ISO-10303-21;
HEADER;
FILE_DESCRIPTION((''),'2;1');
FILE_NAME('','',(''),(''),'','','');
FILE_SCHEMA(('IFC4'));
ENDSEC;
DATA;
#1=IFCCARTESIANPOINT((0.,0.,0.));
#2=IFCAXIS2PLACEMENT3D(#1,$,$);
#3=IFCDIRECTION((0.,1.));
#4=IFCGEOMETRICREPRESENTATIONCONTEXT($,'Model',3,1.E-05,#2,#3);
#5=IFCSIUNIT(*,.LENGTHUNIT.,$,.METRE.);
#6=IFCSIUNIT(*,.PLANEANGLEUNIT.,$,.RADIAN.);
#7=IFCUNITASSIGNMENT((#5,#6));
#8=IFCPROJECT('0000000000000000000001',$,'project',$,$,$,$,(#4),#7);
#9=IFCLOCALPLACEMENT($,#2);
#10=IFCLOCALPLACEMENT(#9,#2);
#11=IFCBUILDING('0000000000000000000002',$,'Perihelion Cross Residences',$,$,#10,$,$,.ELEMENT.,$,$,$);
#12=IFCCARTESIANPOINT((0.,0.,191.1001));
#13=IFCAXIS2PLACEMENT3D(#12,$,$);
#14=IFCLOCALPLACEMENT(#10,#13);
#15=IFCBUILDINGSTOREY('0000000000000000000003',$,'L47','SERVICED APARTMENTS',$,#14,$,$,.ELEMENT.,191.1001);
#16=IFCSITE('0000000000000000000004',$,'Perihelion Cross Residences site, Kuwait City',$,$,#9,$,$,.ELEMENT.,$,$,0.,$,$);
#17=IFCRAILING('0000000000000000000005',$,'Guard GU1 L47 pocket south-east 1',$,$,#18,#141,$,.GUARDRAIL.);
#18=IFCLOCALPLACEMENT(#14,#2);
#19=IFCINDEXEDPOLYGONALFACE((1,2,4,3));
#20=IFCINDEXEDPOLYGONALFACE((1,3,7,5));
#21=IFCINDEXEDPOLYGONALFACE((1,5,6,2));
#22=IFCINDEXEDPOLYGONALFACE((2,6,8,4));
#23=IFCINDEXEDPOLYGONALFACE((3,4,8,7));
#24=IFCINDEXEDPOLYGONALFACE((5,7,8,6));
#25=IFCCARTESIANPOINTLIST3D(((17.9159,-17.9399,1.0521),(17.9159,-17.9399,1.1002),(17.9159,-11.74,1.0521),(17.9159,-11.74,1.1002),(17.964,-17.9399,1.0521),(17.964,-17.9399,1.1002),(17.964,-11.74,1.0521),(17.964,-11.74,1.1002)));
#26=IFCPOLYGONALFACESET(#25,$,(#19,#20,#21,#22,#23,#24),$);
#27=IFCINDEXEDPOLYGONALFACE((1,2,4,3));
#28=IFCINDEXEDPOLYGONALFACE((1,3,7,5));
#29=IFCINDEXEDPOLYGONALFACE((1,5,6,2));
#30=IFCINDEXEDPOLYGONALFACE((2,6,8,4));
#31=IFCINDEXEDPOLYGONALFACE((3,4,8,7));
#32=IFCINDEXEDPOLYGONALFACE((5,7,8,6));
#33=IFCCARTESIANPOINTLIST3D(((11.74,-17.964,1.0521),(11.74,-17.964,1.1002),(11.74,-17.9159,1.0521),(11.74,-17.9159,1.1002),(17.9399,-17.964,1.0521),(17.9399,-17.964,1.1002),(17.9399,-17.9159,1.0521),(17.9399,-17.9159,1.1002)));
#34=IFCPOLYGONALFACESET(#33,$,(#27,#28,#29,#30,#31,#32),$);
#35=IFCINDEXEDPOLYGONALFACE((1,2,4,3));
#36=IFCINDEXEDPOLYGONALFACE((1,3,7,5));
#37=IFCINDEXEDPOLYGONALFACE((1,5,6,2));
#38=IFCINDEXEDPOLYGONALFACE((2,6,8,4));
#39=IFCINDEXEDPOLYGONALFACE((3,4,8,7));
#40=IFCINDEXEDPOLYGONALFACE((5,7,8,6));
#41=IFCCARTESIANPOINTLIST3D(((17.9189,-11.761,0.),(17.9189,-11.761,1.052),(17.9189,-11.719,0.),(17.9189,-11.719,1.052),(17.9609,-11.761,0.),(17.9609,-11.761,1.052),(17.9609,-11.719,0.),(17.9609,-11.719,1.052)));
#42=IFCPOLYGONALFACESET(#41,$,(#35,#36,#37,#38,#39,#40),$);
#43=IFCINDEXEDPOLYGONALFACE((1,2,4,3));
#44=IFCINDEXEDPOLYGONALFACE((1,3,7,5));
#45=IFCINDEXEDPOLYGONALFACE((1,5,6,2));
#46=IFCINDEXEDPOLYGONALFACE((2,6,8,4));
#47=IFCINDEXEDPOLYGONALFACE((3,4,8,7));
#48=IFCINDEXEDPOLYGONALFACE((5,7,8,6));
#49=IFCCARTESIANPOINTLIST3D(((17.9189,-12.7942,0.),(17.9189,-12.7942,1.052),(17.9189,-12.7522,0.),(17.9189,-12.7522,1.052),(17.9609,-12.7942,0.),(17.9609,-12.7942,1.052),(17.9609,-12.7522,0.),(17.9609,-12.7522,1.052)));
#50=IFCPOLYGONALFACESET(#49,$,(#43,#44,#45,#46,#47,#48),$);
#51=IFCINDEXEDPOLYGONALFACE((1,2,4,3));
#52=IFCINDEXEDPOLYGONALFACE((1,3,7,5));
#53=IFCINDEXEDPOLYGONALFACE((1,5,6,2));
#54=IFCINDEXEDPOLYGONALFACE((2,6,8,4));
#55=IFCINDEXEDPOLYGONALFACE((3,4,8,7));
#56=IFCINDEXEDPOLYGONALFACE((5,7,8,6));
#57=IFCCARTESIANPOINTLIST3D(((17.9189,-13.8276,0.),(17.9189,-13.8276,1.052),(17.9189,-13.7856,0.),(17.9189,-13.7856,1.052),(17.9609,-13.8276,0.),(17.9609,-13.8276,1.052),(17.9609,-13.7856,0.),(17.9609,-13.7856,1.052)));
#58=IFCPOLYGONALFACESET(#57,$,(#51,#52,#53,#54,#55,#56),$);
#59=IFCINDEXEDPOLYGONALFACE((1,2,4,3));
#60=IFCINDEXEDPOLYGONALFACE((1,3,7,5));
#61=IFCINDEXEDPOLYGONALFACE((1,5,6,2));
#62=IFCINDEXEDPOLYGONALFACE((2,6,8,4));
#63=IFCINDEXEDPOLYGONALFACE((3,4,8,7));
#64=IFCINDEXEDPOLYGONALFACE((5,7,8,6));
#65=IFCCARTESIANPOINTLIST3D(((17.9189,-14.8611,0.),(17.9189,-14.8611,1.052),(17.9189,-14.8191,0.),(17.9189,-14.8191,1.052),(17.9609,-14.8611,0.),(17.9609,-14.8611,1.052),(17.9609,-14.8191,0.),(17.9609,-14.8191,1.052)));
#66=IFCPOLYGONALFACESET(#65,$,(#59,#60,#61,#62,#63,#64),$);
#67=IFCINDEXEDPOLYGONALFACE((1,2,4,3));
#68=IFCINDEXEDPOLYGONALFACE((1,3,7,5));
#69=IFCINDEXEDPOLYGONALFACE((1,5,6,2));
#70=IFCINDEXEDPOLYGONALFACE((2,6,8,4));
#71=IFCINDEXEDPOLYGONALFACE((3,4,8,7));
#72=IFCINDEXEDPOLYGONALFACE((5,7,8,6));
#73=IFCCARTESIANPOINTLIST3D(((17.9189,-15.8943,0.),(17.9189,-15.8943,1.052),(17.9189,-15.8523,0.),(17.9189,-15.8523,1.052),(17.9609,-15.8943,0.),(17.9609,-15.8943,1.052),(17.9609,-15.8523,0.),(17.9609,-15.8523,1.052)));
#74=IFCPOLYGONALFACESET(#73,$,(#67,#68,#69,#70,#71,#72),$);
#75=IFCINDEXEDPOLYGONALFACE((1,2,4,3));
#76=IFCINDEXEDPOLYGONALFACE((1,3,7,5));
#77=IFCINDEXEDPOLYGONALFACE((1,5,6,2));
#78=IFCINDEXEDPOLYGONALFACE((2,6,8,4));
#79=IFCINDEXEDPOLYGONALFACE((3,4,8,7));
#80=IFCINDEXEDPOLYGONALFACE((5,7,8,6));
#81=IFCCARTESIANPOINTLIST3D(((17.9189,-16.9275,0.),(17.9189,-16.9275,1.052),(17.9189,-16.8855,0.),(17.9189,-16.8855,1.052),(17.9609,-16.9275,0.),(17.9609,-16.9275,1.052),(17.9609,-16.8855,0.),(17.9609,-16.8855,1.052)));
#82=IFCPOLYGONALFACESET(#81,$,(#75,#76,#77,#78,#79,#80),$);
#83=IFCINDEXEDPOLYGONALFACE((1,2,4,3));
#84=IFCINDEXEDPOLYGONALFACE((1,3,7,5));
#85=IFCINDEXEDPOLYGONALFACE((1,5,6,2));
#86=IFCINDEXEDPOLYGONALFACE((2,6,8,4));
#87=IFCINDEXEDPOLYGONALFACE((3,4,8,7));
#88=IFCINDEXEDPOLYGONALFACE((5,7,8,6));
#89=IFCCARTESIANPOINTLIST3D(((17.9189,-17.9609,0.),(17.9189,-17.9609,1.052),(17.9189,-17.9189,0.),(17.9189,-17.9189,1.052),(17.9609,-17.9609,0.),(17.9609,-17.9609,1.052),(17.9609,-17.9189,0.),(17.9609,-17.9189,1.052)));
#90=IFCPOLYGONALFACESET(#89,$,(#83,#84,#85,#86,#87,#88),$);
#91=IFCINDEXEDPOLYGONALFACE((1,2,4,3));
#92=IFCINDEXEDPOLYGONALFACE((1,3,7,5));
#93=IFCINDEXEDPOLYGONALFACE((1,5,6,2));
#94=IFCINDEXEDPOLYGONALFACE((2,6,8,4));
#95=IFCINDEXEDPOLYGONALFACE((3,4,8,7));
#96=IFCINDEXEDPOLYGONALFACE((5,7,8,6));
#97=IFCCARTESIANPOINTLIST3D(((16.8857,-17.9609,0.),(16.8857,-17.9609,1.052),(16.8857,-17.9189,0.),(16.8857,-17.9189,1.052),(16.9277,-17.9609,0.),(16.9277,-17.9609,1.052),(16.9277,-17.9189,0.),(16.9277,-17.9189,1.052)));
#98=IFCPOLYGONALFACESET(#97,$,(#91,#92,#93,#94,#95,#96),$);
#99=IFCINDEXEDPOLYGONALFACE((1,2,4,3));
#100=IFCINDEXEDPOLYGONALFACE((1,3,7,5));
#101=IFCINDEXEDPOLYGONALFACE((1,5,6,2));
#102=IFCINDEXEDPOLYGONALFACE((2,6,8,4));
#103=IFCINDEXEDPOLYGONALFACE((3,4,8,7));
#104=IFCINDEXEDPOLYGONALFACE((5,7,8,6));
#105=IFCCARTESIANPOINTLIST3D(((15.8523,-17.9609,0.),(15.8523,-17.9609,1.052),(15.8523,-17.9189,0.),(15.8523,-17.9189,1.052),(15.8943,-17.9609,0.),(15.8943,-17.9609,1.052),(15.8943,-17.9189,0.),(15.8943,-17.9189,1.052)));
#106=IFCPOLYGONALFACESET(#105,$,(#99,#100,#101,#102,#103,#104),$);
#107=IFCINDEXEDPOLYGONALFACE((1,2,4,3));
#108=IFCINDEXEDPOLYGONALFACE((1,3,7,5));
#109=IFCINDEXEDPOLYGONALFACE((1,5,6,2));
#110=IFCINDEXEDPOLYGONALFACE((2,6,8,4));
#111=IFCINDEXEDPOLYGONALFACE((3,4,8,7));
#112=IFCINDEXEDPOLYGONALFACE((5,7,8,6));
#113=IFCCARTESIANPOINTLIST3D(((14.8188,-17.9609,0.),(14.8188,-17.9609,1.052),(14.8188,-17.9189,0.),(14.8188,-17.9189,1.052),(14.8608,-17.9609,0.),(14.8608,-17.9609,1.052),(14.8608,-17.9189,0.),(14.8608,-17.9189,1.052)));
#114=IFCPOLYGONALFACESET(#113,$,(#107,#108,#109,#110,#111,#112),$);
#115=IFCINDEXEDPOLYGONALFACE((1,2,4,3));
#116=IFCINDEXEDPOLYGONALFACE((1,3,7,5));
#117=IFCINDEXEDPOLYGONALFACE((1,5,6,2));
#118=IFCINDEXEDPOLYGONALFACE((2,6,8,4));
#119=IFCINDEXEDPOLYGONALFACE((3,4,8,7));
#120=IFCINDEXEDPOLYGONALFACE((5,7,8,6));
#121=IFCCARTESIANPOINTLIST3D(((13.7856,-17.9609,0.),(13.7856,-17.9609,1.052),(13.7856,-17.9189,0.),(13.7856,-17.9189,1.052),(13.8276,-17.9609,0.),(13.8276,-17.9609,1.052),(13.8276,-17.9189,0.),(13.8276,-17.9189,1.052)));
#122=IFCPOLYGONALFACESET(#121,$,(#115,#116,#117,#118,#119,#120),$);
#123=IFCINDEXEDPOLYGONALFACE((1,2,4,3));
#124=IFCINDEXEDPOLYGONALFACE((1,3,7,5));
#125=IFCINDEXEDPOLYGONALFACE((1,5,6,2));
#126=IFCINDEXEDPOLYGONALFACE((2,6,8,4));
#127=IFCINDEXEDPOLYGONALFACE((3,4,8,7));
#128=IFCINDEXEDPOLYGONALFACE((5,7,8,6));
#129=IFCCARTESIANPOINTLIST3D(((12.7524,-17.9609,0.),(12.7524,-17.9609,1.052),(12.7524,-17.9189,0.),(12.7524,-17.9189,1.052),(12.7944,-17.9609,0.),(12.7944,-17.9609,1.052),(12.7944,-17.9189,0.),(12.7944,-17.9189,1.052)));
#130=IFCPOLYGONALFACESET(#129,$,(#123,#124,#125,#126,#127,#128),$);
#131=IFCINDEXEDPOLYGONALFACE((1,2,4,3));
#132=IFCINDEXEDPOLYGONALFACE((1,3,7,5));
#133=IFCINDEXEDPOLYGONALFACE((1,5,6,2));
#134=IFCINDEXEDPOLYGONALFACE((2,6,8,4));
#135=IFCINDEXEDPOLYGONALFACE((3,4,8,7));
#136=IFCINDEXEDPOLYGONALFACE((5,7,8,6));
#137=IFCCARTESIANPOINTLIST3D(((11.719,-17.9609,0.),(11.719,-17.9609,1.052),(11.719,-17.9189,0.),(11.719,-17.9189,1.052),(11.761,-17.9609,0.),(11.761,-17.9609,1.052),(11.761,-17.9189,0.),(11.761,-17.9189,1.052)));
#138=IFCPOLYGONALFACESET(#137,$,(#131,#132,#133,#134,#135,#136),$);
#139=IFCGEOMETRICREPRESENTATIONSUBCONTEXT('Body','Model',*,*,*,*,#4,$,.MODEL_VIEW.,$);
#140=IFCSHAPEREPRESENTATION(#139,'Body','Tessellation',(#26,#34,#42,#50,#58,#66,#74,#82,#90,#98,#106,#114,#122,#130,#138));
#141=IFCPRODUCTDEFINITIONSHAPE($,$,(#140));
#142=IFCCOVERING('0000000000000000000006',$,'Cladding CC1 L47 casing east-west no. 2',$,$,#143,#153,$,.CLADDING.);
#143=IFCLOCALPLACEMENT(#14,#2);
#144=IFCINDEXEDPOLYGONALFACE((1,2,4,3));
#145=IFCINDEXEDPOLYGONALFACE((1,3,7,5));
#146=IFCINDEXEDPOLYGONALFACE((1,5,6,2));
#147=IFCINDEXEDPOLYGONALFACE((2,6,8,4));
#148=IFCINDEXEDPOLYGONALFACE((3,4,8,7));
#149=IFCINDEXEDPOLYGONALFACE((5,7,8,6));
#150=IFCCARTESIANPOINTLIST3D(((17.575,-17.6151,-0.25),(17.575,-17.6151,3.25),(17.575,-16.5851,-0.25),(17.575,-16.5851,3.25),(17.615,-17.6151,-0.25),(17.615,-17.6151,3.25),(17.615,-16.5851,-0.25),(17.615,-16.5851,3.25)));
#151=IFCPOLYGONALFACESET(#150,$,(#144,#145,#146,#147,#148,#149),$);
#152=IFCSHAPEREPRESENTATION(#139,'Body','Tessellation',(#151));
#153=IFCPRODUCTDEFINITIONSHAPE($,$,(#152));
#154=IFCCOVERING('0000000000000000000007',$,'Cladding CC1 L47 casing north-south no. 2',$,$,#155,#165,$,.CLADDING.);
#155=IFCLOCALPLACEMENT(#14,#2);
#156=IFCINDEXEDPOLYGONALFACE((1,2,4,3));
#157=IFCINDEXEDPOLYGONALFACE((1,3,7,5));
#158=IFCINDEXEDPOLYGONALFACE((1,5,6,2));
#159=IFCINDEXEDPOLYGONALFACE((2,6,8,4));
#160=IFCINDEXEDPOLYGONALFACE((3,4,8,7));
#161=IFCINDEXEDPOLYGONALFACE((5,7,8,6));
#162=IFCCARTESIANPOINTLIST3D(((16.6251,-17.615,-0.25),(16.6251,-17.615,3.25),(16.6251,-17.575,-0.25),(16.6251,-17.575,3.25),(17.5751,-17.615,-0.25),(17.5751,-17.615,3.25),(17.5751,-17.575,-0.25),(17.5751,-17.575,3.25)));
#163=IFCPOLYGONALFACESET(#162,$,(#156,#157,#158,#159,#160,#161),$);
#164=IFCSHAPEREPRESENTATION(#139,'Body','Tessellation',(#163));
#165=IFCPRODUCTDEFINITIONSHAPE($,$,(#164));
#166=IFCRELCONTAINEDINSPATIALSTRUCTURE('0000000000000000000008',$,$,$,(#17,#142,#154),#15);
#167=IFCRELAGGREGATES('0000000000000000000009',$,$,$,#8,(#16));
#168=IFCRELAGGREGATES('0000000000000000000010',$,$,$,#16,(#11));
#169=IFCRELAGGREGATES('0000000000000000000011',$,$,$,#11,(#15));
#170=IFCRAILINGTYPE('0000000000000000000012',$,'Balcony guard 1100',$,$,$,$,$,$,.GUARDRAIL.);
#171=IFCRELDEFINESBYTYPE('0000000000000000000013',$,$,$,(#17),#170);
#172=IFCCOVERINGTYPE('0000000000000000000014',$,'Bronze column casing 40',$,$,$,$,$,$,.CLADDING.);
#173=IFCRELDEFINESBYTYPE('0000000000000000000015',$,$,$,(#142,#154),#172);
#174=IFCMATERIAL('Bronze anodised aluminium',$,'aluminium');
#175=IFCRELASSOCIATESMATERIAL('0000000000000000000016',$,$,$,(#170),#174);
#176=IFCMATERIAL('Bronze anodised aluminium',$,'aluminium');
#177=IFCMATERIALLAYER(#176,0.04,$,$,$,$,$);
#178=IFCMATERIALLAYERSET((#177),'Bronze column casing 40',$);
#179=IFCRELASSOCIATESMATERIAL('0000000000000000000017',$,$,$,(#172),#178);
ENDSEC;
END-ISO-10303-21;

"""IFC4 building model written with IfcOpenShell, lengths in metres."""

from ifc_helpers import new_model, si_unit, direction, frame, origin, origin_2d, place, context, subcontext, project, spatial, rectangle, extrude, material, layer, layer_set, type_object, element, save


model = new_model("IFC4")

# Units and contexts
model_context = context("Model", 3, precision=1e-05, world=origin(), true_north=direction((0.0, 1.0)))
body_context = subcontext(model_context, "Body", "Model", "MODEL_VIEW")
ifc_project = project(units=[si_unit("LENGTHUNIT", "METRE"), si_unit("PLANEANGLEUNIT", "RADIAN")], contexts=[model_context])

# Site, building, storey
site_placement = place(None, origin())
site = spatial("IfcSite", under=ifc_project, at=site_placement, Name="Perihelion Cross Residences site, Kuwait City", CompositionType="ELEMENT", RefElevation=0.0)
building_placement = place(site_placement, origin())
building = spatial("IfcBuilding", under=site, at=building_placement, Name="Perihelion Cross Residences", CompositionType="ELEMENT")
storey_placement = place(building_placement, frame((0.0, 0.0, 191.1001)))
storey = spatial("IfcBuildingStorey", under=building, at=storey_placement, Name="L47", Description="SERVICED APARTMENTS", CompositionType="ELEMENT", Elevation=191.1001)

# Railing
ifc_material_1 = material(Name="Bronze anodised aluminium", Category="aluminium")
railing_type = type_object("IfcRailingType", Name="Balcony guard 1100", PredefinedType="GUARDRAIL", material=ifc_material_1)
railing_1_placement = place(storey_placement, frame((17.9399, -11.74, 0.0)))
element("IfcRailing", 1, at=railing_1_placement, inside=storey, type_object=railing_type, Name="Guard GU1 L47 pocket south-east 1", PredefinedType="GUARDRAIL", context=body_context, shape_type="SweptSolid", body=[
    extrude(rectangle(XDim=0.0481, YDim=0.0481, at=origin_2d()), frame((0.0, 0.0, 1.0762), z_axis=(0.0, -1.0, 0.0), x_axis=(1.0, 0.0, 0.0)), (0.0, 0.0, 1.0), 6.2),
    extrude(rectangle(XDim=0.0481, YDim=0.0481, at=origin_2d()), frame((0.0, -6.2, 1.0762), z_axis=(-1.0, 0.0, 0.0), x_axis=(0.0, -1.0, 0.0)), (0.0, 0.0, 1.0), 6.2),
    extrude(rectangle(XDim=0.042, YDim=0.042, at=origin_2d()), origin(), (0.0, 0.0, 1.0), 1.052),
    extrude(rectangle(XDim=0.042, YDim=0.042, at=origin_2d()), frame((0.0, -1.0332, 0.0)), (0.0, 0.0, 1.0), 1.052),
    extrude(rectangle(XDim=0.042, YDim=0.042, at=origin_2d()), frame((0.0, -2.0667, 0.0)), (0.0, 0.0, 1.0), 1.052),
    extrude(rectangle(XDim=0.042, YDim=0.042, at=origin_2d()), frame((0.0, -3.1001, 0.0)), (0.0, 0.0, 1.0), 1.052),
    extrude(rectangle(XDim=0.042, YDim=0.042, at=origin_2d()), frame((0.0, -4.1333, 0.0)), (0.0, 0.0, 1.0), 1.052),
    extrude(rectangle(XDim=0.042, YDim=0.042, at=origin_2d()), frame((0.0, -5.1665, 0.0)), (0.0, 0.0, 1.0), 1.052),
    extrude(rectangle(XDim=0.042, YDim=0.042, at=origin_2d()), frame((0.0, -6.2, 0.0)), (0.0, 0.0, 1.0), 1.052),
    extrude(rectangle(XDim=0.042, YDim=0.042, at=origin_2d()), frame((-1.0332, -6.2, 0.0)), (0.0, 0.0, 1.0), 1.052),
    extrude(rectangle(XDim=0.042, YDim=0.042, at=origin_2d()), frame((-2.0667, -6.2, 0.0)), (0.0, 0.0, 1.0), 1.052),
    extrude(rectangle(XDim=0.042, YDim=0.042, at=origin_2d()), frame((-3.1001, -6.2, 0.0)), (0.0, 0.0, 1.0), 1.052),
    extrude(rectangle(XDim=0.042, YDim=0.042, at=origin_2d()), frame((-4.1333, -6.2, 0.0)), (0.0, 0.0, 1.0), 1.052),
    extrude(rectangle(XDim=0.042, YDim=0.042, at=origin_2d()), frame((-5.1665, -6.2, 0.0)), (0.0, 0.0, 1.0), 1.052),
    extrude(rectangle(XDim=0.042, YDim=0.042, at=origin_2d()), frame((-6.2, -6.2, 0.0)), (0.0, 0.0, 1.0), 1.052),
])

# Coverings
ifc_material_2 = material(Name="Bronze anodised aluminium", Category="aluminium")
ifc_layer_1 = layer(ifc_material_2, 0.04)
ifc_layer_set_1 = layer_set([ifc_layer_1], Name="Bronze column casing 40")
covering_type = type_object("IfcCoveringType", Name="Bronze column casing 40", PredefinedType="CLADDING", material=ifc_layer_set_1)
covering_1_placement = place(storey_placement, frame((17.595, -17.1001, -0.25), z_axis=(0.0, 0.0, 1.0), x_axis=(1.0, 0.0, 0.0)))
element("IfcCovering", 2, at=covering_1_placement, inside=storey, type_object=covering_type, Name="Cladding CC1 L47 casing east-west no. 2", PredefinedType="CLADDING", context=body_context, shape_type="SweptSolid", body=[
    extrude(rectangle(XDim=0.04, YDim=1.03, at=origin_2d()), origin(), (0.0, 0.0, 1.0), 3.5),
])
covering_2_placement = place(storey_placement, frame((17.1001, -17.595, -0.25), z_axis=(0.0, 0.0, 1.0), x_axis=(1.0, 0.0, 0.0)))
element("IfcCovering", 3, at=covering_2_placement, inside=storey, type_object=covering_type, Name="Cladding CC1 L47 casing north-south no. 2", PredefinedType="CLADDING", context=body_context, shape_type="SweptSolid", body=[
    extrude(rectangle(XDim=0.95, YDim=0.04, at=origin_2d()), origin(), (0.0, 0.0, 1.0), 3.5),
])

save(model, "model.ifc")
